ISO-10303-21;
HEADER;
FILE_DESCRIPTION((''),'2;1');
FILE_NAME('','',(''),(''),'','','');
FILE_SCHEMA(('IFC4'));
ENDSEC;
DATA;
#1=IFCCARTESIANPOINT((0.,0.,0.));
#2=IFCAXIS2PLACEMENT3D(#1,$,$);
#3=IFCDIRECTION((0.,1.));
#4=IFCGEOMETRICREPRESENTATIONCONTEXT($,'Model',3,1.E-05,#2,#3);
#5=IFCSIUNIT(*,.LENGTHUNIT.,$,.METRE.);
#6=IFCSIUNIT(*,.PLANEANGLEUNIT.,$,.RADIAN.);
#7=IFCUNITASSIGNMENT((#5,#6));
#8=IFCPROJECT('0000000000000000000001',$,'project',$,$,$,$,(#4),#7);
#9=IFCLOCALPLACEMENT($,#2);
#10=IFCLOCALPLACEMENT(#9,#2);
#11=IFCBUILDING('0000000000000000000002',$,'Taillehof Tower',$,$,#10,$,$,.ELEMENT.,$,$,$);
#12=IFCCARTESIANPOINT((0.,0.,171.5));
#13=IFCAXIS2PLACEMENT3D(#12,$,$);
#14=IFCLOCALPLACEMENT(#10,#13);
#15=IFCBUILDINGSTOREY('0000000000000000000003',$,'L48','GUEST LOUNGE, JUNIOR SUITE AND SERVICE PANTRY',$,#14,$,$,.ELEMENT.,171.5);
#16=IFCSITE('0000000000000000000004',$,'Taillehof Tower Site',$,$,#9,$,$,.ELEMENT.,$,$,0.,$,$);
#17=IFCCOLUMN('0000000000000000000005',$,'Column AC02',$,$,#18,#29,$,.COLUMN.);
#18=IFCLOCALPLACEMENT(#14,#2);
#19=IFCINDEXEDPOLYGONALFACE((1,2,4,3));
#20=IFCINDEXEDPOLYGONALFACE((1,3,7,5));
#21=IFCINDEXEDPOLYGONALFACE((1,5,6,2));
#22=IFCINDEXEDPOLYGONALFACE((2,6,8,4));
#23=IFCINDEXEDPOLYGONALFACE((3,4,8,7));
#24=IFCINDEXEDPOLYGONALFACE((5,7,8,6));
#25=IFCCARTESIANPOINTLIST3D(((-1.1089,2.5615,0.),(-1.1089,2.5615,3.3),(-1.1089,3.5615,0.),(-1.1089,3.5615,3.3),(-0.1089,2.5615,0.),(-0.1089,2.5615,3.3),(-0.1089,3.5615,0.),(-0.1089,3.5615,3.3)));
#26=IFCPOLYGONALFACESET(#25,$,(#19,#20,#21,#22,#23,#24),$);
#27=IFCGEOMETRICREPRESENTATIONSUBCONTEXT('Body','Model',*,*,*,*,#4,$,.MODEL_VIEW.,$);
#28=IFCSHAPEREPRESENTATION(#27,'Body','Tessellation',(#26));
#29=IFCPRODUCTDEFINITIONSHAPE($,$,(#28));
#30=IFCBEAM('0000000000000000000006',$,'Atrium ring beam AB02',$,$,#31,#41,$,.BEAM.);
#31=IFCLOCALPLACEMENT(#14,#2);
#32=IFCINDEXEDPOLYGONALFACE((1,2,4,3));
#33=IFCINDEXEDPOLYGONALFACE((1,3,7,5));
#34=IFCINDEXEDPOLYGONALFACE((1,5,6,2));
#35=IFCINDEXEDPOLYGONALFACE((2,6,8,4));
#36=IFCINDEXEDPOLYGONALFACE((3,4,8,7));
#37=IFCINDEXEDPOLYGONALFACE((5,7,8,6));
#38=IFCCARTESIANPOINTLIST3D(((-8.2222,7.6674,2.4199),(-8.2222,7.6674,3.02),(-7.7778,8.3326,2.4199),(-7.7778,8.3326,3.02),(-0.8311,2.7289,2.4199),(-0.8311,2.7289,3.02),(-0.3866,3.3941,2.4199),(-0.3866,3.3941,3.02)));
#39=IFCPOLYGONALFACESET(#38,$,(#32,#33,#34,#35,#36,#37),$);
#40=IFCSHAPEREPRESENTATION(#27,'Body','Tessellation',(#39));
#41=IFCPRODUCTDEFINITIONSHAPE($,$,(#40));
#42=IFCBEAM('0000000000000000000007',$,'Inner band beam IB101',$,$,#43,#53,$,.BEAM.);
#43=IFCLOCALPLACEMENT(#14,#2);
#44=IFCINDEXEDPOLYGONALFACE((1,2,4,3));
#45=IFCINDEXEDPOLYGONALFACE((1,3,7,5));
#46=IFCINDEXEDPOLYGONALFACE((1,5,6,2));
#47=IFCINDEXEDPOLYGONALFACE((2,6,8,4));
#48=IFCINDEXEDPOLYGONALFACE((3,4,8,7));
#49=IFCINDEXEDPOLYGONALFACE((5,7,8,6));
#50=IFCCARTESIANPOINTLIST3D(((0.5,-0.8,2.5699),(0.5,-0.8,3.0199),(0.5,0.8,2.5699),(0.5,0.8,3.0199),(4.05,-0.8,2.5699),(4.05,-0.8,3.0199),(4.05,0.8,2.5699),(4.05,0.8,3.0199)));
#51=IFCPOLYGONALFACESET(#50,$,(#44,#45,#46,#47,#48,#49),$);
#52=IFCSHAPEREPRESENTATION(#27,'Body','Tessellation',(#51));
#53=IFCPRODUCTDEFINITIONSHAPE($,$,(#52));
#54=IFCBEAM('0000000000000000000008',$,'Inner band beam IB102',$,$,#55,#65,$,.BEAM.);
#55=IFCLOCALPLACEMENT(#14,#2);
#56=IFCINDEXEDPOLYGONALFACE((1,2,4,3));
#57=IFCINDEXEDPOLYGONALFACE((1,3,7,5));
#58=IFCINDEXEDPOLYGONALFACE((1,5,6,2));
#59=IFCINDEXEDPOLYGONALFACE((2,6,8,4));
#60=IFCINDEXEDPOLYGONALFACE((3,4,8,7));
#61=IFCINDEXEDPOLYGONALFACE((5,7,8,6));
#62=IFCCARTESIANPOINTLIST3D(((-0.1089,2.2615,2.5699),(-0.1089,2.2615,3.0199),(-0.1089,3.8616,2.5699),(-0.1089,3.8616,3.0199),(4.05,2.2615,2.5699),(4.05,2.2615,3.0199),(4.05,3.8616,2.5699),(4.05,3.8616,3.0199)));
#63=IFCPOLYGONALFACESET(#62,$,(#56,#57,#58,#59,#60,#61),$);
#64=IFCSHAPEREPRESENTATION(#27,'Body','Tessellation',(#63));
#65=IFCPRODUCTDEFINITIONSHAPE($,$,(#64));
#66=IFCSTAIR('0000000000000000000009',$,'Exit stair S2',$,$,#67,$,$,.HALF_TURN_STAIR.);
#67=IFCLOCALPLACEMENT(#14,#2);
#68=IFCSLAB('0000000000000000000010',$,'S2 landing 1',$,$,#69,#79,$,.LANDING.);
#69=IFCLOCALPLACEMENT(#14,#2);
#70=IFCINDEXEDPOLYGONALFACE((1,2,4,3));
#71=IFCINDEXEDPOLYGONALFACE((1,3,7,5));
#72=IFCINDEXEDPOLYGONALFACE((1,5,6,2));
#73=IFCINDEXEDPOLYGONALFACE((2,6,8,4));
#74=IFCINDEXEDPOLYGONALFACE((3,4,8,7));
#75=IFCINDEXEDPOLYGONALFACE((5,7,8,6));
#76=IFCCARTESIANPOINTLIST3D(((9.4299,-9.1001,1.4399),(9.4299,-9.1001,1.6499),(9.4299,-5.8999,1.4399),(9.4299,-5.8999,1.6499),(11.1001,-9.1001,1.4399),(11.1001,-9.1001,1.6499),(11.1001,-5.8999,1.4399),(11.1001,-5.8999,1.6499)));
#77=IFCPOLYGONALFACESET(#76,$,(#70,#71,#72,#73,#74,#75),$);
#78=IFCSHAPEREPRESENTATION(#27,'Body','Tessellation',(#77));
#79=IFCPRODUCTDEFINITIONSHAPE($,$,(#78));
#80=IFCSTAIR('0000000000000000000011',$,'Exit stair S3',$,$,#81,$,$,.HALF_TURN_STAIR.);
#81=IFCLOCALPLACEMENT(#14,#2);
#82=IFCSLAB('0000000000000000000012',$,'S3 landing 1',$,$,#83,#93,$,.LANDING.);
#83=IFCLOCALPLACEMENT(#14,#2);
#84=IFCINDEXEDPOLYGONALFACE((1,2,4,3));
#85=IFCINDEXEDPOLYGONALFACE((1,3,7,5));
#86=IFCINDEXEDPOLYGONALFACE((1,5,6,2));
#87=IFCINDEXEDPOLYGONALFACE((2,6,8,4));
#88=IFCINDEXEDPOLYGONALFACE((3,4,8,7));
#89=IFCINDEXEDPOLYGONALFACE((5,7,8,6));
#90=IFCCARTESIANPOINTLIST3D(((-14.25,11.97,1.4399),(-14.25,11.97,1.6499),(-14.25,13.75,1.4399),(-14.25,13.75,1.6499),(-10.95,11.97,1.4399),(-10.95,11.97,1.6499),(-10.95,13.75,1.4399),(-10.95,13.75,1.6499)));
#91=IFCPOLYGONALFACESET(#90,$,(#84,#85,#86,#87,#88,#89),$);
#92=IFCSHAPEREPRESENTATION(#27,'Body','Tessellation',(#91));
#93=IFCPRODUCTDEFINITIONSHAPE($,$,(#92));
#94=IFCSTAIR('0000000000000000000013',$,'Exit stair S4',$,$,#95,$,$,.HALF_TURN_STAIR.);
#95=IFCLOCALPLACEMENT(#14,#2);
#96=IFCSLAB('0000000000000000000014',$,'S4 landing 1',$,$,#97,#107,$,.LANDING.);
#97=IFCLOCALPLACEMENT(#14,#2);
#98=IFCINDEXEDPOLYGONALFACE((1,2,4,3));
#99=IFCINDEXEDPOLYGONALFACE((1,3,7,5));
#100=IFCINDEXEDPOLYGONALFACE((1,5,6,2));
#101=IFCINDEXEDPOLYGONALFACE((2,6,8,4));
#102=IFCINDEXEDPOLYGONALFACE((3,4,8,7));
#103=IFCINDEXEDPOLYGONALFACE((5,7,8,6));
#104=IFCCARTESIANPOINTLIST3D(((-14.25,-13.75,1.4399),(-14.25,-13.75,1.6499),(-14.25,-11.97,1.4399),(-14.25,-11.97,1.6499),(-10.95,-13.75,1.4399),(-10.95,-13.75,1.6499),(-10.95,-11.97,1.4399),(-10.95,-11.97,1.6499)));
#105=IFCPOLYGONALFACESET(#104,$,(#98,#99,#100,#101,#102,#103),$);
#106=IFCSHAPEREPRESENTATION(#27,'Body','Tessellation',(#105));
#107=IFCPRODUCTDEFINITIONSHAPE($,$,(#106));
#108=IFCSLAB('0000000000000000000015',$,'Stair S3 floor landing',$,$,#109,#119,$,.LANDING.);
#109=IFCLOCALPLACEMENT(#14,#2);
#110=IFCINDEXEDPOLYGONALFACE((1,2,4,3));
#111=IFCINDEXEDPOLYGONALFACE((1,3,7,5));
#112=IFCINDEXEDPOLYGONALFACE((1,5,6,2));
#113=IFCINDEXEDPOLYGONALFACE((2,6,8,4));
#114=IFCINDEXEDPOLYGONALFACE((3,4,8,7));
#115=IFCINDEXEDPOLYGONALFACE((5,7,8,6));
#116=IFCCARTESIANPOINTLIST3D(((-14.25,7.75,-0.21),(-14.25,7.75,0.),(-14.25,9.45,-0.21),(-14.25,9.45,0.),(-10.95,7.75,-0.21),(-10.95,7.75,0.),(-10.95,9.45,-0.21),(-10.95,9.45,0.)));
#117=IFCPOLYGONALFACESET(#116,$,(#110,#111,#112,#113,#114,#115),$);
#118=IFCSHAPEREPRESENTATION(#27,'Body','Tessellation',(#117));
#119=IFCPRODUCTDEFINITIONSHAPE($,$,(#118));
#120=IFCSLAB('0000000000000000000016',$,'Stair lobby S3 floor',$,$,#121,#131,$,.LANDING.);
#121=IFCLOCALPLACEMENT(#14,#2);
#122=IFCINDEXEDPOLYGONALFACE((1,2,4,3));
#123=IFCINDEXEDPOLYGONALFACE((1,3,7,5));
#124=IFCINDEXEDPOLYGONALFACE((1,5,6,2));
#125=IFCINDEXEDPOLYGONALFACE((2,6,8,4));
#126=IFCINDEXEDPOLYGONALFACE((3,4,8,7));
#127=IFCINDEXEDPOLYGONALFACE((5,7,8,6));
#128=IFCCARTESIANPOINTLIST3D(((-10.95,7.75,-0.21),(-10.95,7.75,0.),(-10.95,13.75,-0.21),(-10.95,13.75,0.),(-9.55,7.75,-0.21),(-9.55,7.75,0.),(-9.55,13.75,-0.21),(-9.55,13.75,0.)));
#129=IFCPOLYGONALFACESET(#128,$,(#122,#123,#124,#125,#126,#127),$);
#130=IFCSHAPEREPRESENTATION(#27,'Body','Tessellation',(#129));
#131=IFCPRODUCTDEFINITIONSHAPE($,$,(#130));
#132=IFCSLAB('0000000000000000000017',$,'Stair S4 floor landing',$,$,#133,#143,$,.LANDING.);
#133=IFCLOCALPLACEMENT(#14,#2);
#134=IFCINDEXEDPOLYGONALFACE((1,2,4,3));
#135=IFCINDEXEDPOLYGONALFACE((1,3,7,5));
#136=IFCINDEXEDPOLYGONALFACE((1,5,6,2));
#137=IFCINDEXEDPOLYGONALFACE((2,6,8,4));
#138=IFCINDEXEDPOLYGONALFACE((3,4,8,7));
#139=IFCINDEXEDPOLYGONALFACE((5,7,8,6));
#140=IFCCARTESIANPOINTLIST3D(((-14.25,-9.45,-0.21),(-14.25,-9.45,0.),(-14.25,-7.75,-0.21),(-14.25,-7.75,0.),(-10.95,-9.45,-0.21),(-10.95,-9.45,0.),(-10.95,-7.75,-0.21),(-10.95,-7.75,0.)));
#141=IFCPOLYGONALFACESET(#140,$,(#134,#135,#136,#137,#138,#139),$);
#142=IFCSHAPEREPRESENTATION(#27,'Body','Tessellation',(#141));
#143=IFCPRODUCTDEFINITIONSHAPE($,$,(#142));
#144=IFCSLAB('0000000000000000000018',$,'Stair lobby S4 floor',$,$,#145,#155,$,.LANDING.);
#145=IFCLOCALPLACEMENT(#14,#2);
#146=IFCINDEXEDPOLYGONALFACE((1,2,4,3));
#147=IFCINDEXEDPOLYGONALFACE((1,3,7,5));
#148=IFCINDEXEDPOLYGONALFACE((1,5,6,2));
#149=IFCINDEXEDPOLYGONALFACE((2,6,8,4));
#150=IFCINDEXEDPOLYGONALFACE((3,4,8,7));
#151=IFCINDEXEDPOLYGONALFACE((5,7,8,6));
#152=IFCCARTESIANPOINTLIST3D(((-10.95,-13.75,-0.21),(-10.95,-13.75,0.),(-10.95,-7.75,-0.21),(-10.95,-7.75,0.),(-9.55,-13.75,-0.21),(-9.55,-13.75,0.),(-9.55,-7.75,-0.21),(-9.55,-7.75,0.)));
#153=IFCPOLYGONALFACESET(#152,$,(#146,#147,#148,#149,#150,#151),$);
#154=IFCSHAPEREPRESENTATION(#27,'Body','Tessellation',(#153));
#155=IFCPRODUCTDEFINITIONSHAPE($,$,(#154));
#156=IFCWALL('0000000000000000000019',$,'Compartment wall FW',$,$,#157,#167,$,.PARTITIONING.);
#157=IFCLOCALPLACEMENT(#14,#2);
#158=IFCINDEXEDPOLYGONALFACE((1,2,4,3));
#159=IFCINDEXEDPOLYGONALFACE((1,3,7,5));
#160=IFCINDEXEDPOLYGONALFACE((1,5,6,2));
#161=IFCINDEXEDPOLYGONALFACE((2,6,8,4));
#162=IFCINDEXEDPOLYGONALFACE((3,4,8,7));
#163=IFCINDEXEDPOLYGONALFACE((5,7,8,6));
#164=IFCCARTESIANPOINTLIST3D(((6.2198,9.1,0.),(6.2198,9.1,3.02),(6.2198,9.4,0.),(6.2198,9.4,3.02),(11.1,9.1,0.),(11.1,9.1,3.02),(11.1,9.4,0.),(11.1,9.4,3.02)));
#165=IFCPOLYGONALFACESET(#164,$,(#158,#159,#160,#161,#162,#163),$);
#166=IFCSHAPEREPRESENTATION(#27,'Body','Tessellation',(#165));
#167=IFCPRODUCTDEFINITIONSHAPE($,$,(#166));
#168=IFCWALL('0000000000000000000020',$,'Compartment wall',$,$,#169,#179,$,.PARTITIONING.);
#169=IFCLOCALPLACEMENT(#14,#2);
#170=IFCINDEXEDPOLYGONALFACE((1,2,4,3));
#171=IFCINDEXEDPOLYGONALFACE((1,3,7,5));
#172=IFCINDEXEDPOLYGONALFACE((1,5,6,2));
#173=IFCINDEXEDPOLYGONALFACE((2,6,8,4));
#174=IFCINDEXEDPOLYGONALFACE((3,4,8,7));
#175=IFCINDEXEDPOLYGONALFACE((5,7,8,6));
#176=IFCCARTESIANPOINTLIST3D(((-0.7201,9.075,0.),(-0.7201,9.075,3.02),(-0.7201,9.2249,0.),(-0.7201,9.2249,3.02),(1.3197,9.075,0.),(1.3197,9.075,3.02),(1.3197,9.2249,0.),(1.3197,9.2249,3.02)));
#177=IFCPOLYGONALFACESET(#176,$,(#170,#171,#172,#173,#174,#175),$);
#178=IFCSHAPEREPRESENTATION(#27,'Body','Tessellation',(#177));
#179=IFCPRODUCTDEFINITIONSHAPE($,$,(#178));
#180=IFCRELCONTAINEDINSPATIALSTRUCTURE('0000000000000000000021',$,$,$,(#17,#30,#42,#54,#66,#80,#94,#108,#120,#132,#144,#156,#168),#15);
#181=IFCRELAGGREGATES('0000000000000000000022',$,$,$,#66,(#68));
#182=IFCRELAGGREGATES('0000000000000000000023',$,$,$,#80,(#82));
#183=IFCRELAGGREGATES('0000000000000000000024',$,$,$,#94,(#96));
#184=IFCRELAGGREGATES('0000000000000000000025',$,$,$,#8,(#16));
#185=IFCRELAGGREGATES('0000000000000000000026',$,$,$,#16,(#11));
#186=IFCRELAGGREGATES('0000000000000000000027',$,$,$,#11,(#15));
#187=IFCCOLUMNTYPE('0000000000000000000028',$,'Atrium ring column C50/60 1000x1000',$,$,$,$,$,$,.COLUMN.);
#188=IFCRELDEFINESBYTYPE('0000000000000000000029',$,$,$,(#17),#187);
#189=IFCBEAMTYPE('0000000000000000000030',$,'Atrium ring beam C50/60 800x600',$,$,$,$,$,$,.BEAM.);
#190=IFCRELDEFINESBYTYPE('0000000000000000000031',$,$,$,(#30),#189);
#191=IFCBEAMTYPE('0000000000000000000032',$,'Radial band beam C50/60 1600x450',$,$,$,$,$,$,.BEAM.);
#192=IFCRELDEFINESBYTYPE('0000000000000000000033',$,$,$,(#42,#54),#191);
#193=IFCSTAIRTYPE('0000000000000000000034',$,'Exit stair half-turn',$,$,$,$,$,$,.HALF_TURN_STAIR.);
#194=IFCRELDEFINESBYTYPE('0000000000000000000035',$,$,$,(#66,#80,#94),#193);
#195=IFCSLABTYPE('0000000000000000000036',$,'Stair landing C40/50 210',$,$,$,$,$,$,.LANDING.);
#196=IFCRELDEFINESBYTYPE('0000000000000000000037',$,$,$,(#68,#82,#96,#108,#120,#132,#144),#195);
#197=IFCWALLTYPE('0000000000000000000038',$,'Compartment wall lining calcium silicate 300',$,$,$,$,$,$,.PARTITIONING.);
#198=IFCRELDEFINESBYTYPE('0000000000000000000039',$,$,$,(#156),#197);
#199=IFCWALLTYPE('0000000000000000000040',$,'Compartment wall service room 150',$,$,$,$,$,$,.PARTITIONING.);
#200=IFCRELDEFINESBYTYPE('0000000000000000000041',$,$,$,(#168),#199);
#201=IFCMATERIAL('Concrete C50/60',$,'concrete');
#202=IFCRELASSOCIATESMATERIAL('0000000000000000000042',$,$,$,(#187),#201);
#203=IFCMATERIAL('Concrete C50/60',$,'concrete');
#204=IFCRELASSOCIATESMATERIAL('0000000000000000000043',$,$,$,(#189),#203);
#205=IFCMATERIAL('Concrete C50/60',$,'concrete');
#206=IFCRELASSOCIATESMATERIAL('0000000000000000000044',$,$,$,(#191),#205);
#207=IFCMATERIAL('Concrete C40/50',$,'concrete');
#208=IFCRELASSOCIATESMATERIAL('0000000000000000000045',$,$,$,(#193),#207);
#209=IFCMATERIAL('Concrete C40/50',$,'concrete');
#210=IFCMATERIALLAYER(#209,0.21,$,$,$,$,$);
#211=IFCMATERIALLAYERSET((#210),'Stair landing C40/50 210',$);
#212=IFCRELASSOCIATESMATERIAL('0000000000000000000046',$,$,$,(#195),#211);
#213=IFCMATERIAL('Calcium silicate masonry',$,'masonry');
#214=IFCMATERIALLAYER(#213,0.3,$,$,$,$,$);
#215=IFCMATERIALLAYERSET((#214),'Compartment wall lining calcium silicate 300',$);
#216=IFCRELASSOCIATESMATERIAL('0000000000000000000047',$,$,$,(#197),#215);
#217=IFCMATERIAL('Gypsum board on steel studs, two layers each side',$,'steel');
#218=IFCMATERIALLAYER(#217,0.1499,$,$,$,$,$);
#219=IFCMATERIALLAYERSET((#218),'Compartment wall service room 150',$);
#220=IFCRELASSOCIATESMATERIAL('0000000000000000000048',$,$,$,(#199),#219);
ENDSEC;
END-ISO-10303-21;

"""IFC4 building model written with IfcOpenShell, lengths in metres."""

from ifc_helpers import new_model, si_unit, direction, frame, frame_2d, origin, origin_2d, place, context, subcontext, project, spatial, polyline, rectangle, outline, extrude, material, layer, layer_set, material_profile, profile_set, type_object, element, aggregate, save


model = new_model("IFC4")

# Units and contexts
model_context = context("Model", 3, precision=1e-05, world=origin(), true_north=direction((0.0, 1.0)))
body_context = subcontext(model_context, "Body", "Model", "MODEL_VIEW")
ifc_project = project(units=[si_unit("LENGTHUNIT", "METRE"), si_unit("PLANEANGLEUNIT", "RADIAN")], contexts=[model_context])

# Site, building, storey
site_placement = place(None, origin())
site = spatial("IfcSite", under=ifc_project, at=site_placement, Name="Taillehof Tower Site", CompositionType="ELEMENT", RefElevation=0.0)
building_placement = place(site_placement, origin())
building = spatial("IfcBuilding", under=site, at=building_placement, Name="Taillehof Tower", CompositionType="ELEMENT")
storey_placement = place(building_placement, frame((0.0, 0.0, 171.5)))
storey = spatial("IfcBuildingStorey", under=building, at=storey_placement, Name="L48", Description="GUEST LOUNGE, JUNIOR SUITE AND SERVICE PANTRY", CompositionType="ELEMENT", Elevation=171.5)

# Column
ifc_material_1 = material(Name="Concrete C50/60", Category="concrete")
ifc_material_profile_1 = material_profile(ifc_material_1, rectangle(XDim=1.0, YDim=1.0, at=origin_2d()), Name="RC 1000x1000")
ifc_profile_set_1 = profile_set([ifc_material_profile_1], Name="Concrete C50/60")
column_type = type_object("IfcColumnType", Name="Atrium ring column C50/60 1000x1000", PredefinedType="COLUMN", material=ifc_profile_set_1)
column_placement = place(storey_placement, frame((-0.6089, 3.0615, 0.0), z_axis=(0.0, 0.0, 1.0), x_axis=(1.0, 0.0, 0.0)))
element("IfcColumn", 1, at=column_placement, inside=storey, type_object=column_type, Name="Column AC02", PredefinedType="COLUMN", context=body_context, shape_type="SweptSolid", body=[
    extrude(rectangle(XDim=1.0, YDim=1.0, at=origin_2d()), origin(), (0.0, 0.0, 1.0), 3.3),
])

# Beams
ifc_material_2 = material(Name="Concrete C50/60", Category="concrete")
ifc_material_profile_2 = material_profile(ifc_material_2, rectangle(XDim=0.8, YDim=0.6001, at=origin_2d()), Name="RC 800x600")
ifc_profile_set_2 = profile_set([ifc_material_profile_2], Name="Concrete C50/60")
beam_type_1 = type_object("IfcBeamType", Name="Atrium ring beam C50/60 800x600", PredefinedType="BEAM", material=ifc_profile_set_2)
beam_1_placement = place(storey_placement, frame((-0.6089, 3.0615, 2.72), z_axis=(-0.831475, 0.555562, 0.0), x_axis=(-0.555562, -0.831475, 0.0)))
element("IfcBeam", 2, at=beam_1_placement, inside=storey, type_object=beam_type_1, Name="Atrium ring beam AB02", PredefinedType="BEAM", context=body_context, shape_type="SweptSolid", body=[
    extrude(rectangle(XDim=0.8, YDim=0.6001, at=origin_2d()), origin(), (0.0, 0.0, 1.0), 8.8892),
])
ifc_material_3 = material(Name="Concrete C50/60", Category="concrete")
ifc_material_profile_3 = material_profile(ifc_material_3, rectangle(XDim=1.6001, YDim=0.45, at=origin_2d()), Name="RC 1600x450")
ifc_profile_set_3 = profile_set([ifc_material_profile_3], Name="Concrete C50/60")
beam_type_2 = type_object("IfcBeamType", Name="Radial band beam C50/60 1600x450", PredefinedType="BEAM", material=ifc_profile_set_3)
beam_2_placement = place(storey_placement, frame((0.5, 0.0, 2.7949), z_axis=(1.0, 0.0, 0.0), x_axis=(0.0, 1.0, 0.0)))
element("IfcBeam", 3, at=beam_2_placement, inside=storey, type_object=beam_type_2, Name="Inner band beam IB101", PredefinedType="BEAM", context=body_context, shape_type="SweptSolid", body=[
    extrude(rectangle(XDim=1.6001, YDim=0.45, at=origin_2d()), origin(), (0.0, 0.0, 1.0), 3.55),
])
beam_3_placement = place(storey_placement, frame((-0.1089, 3.0615, 2.7949), z_axis=(1.0, 0.0, 0.0), x_axis=(0.0, 1.0, 0.0)))
element("IfcBeam", 4, at=beam_3_placement, inside=storey, type_object=beam_type_2, Name="Inner band beam IB102", PredefinedType="BEAM", context=body_context, shape_type="SweptSolid", body=[
    extrude(rectangle(XDim=1.6001, YDim=0.45, at=origin_2d()), origin(), (0.0, 0.0, 1.0), 4.1589),
])

# Stairs, slabs
ifc_material_4 = material(Name="Concrete C40/50", Category="concrete")
stair_type = type_object("IfcStairType", Name="Exit stair half-turn", PredefinedType="HALF_TURN_STAIR", material=ifc_material_4)
stair_1_placement = place(storey_placement, origin())
stair_1 = element("IfcStair", 5, at=stair_1_placement, inside=storey, type_object=stair_type, Name="Exit stair S2", PredefinedType="HALF_TURN_STAIR")
ifc_material_5 = material(Name="Concrete C40/50", Category="concrete")
ifc_layer_1 = layer(ifc_material_5, 0.21)
ifc_layer_set_1 = layer_set([ifc_layer_1], Name="Stair landing C40/50 210")
slab_type = type_object("IfcSlabType", Name="Stair landing C40/50 210", PredefinedType="LANDING", material=ifc_layer_set_1)
slab_1_placement = place(storey_placement, frame((0.0, 0.0, 1.4399)))
slab_1 = element("IfcSlab", 6, at=slab_1_placement, type_object=slab_type, Name="S2 landing 1", PredefinedType="LANDING", context=body_context, shape_type="SweptSolid", body=[
    extrude(outline(polyline([(9.4299, -5.8999), (11.1001, -5.8999), (11.1001, -9.1001), (9.4299, -9.1001), (9.4299, -5.8999)])), origin(), (0.0, 0.0, 1.0), 0.21),
])
aggregate(stair_1, [slab_1])
stair_2_placement = place(storey_placement, origin())
stair_2 = element("IfcStair", 7, at=stair_2_placement, inside=storey, type_object=stair_type, Name="Exit stair S3", PredefinedType="HALF_TURN_STAIR")
slab_2_placement = place(storey_placement, frame((0.0, 0.0, 1.4399)))
slab_2 = element("IfcSlab", 8, at=slab_2_placement, type_object=slab_type, Name="S3 landing 1", PredefinedType="LANDING", context=body_context, shape_type="SweptSolid", body=[
    extrude(outline(polyline([(-14.25, 11.97), (-14.25, 13.75), (-10.95, 13.75), (-10.95, 11.97), (-14.25, 11.97)])), origin(), (0.0, 0.0, 1.0), 0.21),
])
aggregate(stair_2, [slab_2])
stair_3_placement = place(storey_placement, origin())
stair_3 = element("IfcStair", 9, at=stair_3_placement, inside=storey, type_object=stair_type, Name="Exit stair S4", PredefinedType="HALF_TURN_STAIR")
slab_3_placement = place(storey_placement, frame((0.0, 0.0, 1.4399)))
slab_3 = element("IfcSlab", 10, at=slab_3_placement, type_object=slab_type, Name="S4 landing 1", PredefinedType="LANDING", context=body_context, shape_type="SweptSolid", body=[
    extrude(outline(polyline([(-14.25, -11.97), (-14.25, -13.75), (-10.95, -13.75), (-10.95, -11.97), (-14.25, -11.97)])), origin(), (0.0, 0.0, 1.0), 0.21),
])
aggregate(stair_3, [slab_3])

# Slabs
slab_4_placement = place(storey_placement, frame((0.0, 0.0, -0.21)))
element("IfcSlab", 11, at=slab_4_placement, inside=storey, type_object=slab_type, Name="Stair S3 floor landing", PredefinedType="LANDING", context=body_context, shape_type="SweptSolid", body=[
    extrude(outline(polyline([(-14.25, 7.75), (-14.25, 9.45), (-10.95, 9.45), (-10.95, 7.75), (-14.25, 7.75)])), origin(), (0.0, 0.0, 1.0), 0.21),
])
slab_5_placement = place(storey_placement, frame((0.0, 0.0, -0.21)))
element("IfcSlab", 12, at=slab_5_placement, inside=storey, type_object=slab_type, Name="Stair lobby S3 floor", PredefinedType="LANDING", context=body_context, shape_type="SweptSolid", body=[
    extrude(outline(polyline([(-10.95, 7.75), (-9.55, 7.75), (-9.55, 13.75), (-10.95, 13.75), (-10.95, 7.75)])), origin(), (0.0, 0.0, 1.0), 0.21),
])
slab_6_placement = place(storey_placement, frame((0.0, 0.0, -0.21)))
element("IfcSlab", 13, at=slab_6_placement, inside=storey, type_object=slab_type, Name="Stair S4 floor landing", PredefinedType="LANDING", context=body_context, shape_type="SweptSolid", body=[
    extrude(outline(polyline([(-14.25, -7.75), (-14.25, -9.45), (-10.95, -9.45), (-10.95, -7.75), (-14.25, -7.75)])), origin(), (0.0, 0.0, 1.0), 0.21),
])
slab_7_placement = place(storey_placement, frame((0.0, 0.0, -0.21)))
element("IfcSlab", 14, at=slab_7_placement, inside=storey, type_object=slab_type, Name="Stair lobby S4 floor", PredefinedType="LANDING", context=body_context, shape_type="SweptSolid", body=[
    extrude(outline(polyline([(-10.95, -13.75), (-9.55, -13.75), (-9.55, -7.75), (-10.95, -7.75), (-10.95, -13.75)])), origin(), (0.0, 0.0, 1.0), 0.21),
])

# Walls
ifc_material_6 = material(Name="Calcium silicate masonry", Category="masonry")
ifc_layer_2 = layer(ifc_material_6, 0.3)
ifc_layer_set_2 = layer_set([ifc_layer_2], Name="Compartment wall lining calcium silicate 300")
wall_type_1 = type_object("IfcWallType", Name="Compartment wall lining calcium silicate 300", PredefinedType="PARTITIONING", material=ifc_layer_set_2)
wall_1_placement = place(storey_placement, frame((6.22, 9.25, 0.0), z_axis=(0.0, 0.0, 1.0), x_axis=(1.0, 0.0, 0.0)))
element("IfcWall", 15, at=wall_1_placement, inside=storey, type_object=wall_type_1, Name="Compartment wall FW", PredefinedType="PARTITIONING", context=body_context, shape_type="SweptSolid", body=[
    extrude(rectangle(XDim=4.8801, YDim=0.3, at=frame_2d((2.4399, 0.0))), origin(), (0.0, 0.0, 1.0), 3.02),
])
ifc_material_7 = material(Name="Gypsum board on steel studs, two layers each side", Category="steel")
ifc_layer_3 = layer(ifc_material_7, 0.1499)
ifc_layer_set_3 = layer_set([ifc_layer_3], Name="Compartment wall service room 150")
wall_type_2 = type_object("IfcWallType", Name="Compartment wall service room 150", PredefinedType="PARTITIONING", material=ifc_layer_set_3)
wall_2_placement = place(storey_placement, frame((1.3198, 9.1499, 0.0), z_axis=(0.0, 0.0, 1.0), x_axis=(-1.0, 0.0, 0.0)))
element("IfcWall", 16, at=wall_2_placement, inside=storey, type_object=wall_type_2, Name="Compartment wall", PredefinedType="PARTITIONING", context=body_context, shape_type="SweptSolid", body=[
    extrude(rectangle(XDim=2.0398, YDim=0.1499, at=frame_2d((1.02, 0.0))), origin(), (0.0, 0.0, 1.0), 3.02),
])

save(model, "model.ifc")
